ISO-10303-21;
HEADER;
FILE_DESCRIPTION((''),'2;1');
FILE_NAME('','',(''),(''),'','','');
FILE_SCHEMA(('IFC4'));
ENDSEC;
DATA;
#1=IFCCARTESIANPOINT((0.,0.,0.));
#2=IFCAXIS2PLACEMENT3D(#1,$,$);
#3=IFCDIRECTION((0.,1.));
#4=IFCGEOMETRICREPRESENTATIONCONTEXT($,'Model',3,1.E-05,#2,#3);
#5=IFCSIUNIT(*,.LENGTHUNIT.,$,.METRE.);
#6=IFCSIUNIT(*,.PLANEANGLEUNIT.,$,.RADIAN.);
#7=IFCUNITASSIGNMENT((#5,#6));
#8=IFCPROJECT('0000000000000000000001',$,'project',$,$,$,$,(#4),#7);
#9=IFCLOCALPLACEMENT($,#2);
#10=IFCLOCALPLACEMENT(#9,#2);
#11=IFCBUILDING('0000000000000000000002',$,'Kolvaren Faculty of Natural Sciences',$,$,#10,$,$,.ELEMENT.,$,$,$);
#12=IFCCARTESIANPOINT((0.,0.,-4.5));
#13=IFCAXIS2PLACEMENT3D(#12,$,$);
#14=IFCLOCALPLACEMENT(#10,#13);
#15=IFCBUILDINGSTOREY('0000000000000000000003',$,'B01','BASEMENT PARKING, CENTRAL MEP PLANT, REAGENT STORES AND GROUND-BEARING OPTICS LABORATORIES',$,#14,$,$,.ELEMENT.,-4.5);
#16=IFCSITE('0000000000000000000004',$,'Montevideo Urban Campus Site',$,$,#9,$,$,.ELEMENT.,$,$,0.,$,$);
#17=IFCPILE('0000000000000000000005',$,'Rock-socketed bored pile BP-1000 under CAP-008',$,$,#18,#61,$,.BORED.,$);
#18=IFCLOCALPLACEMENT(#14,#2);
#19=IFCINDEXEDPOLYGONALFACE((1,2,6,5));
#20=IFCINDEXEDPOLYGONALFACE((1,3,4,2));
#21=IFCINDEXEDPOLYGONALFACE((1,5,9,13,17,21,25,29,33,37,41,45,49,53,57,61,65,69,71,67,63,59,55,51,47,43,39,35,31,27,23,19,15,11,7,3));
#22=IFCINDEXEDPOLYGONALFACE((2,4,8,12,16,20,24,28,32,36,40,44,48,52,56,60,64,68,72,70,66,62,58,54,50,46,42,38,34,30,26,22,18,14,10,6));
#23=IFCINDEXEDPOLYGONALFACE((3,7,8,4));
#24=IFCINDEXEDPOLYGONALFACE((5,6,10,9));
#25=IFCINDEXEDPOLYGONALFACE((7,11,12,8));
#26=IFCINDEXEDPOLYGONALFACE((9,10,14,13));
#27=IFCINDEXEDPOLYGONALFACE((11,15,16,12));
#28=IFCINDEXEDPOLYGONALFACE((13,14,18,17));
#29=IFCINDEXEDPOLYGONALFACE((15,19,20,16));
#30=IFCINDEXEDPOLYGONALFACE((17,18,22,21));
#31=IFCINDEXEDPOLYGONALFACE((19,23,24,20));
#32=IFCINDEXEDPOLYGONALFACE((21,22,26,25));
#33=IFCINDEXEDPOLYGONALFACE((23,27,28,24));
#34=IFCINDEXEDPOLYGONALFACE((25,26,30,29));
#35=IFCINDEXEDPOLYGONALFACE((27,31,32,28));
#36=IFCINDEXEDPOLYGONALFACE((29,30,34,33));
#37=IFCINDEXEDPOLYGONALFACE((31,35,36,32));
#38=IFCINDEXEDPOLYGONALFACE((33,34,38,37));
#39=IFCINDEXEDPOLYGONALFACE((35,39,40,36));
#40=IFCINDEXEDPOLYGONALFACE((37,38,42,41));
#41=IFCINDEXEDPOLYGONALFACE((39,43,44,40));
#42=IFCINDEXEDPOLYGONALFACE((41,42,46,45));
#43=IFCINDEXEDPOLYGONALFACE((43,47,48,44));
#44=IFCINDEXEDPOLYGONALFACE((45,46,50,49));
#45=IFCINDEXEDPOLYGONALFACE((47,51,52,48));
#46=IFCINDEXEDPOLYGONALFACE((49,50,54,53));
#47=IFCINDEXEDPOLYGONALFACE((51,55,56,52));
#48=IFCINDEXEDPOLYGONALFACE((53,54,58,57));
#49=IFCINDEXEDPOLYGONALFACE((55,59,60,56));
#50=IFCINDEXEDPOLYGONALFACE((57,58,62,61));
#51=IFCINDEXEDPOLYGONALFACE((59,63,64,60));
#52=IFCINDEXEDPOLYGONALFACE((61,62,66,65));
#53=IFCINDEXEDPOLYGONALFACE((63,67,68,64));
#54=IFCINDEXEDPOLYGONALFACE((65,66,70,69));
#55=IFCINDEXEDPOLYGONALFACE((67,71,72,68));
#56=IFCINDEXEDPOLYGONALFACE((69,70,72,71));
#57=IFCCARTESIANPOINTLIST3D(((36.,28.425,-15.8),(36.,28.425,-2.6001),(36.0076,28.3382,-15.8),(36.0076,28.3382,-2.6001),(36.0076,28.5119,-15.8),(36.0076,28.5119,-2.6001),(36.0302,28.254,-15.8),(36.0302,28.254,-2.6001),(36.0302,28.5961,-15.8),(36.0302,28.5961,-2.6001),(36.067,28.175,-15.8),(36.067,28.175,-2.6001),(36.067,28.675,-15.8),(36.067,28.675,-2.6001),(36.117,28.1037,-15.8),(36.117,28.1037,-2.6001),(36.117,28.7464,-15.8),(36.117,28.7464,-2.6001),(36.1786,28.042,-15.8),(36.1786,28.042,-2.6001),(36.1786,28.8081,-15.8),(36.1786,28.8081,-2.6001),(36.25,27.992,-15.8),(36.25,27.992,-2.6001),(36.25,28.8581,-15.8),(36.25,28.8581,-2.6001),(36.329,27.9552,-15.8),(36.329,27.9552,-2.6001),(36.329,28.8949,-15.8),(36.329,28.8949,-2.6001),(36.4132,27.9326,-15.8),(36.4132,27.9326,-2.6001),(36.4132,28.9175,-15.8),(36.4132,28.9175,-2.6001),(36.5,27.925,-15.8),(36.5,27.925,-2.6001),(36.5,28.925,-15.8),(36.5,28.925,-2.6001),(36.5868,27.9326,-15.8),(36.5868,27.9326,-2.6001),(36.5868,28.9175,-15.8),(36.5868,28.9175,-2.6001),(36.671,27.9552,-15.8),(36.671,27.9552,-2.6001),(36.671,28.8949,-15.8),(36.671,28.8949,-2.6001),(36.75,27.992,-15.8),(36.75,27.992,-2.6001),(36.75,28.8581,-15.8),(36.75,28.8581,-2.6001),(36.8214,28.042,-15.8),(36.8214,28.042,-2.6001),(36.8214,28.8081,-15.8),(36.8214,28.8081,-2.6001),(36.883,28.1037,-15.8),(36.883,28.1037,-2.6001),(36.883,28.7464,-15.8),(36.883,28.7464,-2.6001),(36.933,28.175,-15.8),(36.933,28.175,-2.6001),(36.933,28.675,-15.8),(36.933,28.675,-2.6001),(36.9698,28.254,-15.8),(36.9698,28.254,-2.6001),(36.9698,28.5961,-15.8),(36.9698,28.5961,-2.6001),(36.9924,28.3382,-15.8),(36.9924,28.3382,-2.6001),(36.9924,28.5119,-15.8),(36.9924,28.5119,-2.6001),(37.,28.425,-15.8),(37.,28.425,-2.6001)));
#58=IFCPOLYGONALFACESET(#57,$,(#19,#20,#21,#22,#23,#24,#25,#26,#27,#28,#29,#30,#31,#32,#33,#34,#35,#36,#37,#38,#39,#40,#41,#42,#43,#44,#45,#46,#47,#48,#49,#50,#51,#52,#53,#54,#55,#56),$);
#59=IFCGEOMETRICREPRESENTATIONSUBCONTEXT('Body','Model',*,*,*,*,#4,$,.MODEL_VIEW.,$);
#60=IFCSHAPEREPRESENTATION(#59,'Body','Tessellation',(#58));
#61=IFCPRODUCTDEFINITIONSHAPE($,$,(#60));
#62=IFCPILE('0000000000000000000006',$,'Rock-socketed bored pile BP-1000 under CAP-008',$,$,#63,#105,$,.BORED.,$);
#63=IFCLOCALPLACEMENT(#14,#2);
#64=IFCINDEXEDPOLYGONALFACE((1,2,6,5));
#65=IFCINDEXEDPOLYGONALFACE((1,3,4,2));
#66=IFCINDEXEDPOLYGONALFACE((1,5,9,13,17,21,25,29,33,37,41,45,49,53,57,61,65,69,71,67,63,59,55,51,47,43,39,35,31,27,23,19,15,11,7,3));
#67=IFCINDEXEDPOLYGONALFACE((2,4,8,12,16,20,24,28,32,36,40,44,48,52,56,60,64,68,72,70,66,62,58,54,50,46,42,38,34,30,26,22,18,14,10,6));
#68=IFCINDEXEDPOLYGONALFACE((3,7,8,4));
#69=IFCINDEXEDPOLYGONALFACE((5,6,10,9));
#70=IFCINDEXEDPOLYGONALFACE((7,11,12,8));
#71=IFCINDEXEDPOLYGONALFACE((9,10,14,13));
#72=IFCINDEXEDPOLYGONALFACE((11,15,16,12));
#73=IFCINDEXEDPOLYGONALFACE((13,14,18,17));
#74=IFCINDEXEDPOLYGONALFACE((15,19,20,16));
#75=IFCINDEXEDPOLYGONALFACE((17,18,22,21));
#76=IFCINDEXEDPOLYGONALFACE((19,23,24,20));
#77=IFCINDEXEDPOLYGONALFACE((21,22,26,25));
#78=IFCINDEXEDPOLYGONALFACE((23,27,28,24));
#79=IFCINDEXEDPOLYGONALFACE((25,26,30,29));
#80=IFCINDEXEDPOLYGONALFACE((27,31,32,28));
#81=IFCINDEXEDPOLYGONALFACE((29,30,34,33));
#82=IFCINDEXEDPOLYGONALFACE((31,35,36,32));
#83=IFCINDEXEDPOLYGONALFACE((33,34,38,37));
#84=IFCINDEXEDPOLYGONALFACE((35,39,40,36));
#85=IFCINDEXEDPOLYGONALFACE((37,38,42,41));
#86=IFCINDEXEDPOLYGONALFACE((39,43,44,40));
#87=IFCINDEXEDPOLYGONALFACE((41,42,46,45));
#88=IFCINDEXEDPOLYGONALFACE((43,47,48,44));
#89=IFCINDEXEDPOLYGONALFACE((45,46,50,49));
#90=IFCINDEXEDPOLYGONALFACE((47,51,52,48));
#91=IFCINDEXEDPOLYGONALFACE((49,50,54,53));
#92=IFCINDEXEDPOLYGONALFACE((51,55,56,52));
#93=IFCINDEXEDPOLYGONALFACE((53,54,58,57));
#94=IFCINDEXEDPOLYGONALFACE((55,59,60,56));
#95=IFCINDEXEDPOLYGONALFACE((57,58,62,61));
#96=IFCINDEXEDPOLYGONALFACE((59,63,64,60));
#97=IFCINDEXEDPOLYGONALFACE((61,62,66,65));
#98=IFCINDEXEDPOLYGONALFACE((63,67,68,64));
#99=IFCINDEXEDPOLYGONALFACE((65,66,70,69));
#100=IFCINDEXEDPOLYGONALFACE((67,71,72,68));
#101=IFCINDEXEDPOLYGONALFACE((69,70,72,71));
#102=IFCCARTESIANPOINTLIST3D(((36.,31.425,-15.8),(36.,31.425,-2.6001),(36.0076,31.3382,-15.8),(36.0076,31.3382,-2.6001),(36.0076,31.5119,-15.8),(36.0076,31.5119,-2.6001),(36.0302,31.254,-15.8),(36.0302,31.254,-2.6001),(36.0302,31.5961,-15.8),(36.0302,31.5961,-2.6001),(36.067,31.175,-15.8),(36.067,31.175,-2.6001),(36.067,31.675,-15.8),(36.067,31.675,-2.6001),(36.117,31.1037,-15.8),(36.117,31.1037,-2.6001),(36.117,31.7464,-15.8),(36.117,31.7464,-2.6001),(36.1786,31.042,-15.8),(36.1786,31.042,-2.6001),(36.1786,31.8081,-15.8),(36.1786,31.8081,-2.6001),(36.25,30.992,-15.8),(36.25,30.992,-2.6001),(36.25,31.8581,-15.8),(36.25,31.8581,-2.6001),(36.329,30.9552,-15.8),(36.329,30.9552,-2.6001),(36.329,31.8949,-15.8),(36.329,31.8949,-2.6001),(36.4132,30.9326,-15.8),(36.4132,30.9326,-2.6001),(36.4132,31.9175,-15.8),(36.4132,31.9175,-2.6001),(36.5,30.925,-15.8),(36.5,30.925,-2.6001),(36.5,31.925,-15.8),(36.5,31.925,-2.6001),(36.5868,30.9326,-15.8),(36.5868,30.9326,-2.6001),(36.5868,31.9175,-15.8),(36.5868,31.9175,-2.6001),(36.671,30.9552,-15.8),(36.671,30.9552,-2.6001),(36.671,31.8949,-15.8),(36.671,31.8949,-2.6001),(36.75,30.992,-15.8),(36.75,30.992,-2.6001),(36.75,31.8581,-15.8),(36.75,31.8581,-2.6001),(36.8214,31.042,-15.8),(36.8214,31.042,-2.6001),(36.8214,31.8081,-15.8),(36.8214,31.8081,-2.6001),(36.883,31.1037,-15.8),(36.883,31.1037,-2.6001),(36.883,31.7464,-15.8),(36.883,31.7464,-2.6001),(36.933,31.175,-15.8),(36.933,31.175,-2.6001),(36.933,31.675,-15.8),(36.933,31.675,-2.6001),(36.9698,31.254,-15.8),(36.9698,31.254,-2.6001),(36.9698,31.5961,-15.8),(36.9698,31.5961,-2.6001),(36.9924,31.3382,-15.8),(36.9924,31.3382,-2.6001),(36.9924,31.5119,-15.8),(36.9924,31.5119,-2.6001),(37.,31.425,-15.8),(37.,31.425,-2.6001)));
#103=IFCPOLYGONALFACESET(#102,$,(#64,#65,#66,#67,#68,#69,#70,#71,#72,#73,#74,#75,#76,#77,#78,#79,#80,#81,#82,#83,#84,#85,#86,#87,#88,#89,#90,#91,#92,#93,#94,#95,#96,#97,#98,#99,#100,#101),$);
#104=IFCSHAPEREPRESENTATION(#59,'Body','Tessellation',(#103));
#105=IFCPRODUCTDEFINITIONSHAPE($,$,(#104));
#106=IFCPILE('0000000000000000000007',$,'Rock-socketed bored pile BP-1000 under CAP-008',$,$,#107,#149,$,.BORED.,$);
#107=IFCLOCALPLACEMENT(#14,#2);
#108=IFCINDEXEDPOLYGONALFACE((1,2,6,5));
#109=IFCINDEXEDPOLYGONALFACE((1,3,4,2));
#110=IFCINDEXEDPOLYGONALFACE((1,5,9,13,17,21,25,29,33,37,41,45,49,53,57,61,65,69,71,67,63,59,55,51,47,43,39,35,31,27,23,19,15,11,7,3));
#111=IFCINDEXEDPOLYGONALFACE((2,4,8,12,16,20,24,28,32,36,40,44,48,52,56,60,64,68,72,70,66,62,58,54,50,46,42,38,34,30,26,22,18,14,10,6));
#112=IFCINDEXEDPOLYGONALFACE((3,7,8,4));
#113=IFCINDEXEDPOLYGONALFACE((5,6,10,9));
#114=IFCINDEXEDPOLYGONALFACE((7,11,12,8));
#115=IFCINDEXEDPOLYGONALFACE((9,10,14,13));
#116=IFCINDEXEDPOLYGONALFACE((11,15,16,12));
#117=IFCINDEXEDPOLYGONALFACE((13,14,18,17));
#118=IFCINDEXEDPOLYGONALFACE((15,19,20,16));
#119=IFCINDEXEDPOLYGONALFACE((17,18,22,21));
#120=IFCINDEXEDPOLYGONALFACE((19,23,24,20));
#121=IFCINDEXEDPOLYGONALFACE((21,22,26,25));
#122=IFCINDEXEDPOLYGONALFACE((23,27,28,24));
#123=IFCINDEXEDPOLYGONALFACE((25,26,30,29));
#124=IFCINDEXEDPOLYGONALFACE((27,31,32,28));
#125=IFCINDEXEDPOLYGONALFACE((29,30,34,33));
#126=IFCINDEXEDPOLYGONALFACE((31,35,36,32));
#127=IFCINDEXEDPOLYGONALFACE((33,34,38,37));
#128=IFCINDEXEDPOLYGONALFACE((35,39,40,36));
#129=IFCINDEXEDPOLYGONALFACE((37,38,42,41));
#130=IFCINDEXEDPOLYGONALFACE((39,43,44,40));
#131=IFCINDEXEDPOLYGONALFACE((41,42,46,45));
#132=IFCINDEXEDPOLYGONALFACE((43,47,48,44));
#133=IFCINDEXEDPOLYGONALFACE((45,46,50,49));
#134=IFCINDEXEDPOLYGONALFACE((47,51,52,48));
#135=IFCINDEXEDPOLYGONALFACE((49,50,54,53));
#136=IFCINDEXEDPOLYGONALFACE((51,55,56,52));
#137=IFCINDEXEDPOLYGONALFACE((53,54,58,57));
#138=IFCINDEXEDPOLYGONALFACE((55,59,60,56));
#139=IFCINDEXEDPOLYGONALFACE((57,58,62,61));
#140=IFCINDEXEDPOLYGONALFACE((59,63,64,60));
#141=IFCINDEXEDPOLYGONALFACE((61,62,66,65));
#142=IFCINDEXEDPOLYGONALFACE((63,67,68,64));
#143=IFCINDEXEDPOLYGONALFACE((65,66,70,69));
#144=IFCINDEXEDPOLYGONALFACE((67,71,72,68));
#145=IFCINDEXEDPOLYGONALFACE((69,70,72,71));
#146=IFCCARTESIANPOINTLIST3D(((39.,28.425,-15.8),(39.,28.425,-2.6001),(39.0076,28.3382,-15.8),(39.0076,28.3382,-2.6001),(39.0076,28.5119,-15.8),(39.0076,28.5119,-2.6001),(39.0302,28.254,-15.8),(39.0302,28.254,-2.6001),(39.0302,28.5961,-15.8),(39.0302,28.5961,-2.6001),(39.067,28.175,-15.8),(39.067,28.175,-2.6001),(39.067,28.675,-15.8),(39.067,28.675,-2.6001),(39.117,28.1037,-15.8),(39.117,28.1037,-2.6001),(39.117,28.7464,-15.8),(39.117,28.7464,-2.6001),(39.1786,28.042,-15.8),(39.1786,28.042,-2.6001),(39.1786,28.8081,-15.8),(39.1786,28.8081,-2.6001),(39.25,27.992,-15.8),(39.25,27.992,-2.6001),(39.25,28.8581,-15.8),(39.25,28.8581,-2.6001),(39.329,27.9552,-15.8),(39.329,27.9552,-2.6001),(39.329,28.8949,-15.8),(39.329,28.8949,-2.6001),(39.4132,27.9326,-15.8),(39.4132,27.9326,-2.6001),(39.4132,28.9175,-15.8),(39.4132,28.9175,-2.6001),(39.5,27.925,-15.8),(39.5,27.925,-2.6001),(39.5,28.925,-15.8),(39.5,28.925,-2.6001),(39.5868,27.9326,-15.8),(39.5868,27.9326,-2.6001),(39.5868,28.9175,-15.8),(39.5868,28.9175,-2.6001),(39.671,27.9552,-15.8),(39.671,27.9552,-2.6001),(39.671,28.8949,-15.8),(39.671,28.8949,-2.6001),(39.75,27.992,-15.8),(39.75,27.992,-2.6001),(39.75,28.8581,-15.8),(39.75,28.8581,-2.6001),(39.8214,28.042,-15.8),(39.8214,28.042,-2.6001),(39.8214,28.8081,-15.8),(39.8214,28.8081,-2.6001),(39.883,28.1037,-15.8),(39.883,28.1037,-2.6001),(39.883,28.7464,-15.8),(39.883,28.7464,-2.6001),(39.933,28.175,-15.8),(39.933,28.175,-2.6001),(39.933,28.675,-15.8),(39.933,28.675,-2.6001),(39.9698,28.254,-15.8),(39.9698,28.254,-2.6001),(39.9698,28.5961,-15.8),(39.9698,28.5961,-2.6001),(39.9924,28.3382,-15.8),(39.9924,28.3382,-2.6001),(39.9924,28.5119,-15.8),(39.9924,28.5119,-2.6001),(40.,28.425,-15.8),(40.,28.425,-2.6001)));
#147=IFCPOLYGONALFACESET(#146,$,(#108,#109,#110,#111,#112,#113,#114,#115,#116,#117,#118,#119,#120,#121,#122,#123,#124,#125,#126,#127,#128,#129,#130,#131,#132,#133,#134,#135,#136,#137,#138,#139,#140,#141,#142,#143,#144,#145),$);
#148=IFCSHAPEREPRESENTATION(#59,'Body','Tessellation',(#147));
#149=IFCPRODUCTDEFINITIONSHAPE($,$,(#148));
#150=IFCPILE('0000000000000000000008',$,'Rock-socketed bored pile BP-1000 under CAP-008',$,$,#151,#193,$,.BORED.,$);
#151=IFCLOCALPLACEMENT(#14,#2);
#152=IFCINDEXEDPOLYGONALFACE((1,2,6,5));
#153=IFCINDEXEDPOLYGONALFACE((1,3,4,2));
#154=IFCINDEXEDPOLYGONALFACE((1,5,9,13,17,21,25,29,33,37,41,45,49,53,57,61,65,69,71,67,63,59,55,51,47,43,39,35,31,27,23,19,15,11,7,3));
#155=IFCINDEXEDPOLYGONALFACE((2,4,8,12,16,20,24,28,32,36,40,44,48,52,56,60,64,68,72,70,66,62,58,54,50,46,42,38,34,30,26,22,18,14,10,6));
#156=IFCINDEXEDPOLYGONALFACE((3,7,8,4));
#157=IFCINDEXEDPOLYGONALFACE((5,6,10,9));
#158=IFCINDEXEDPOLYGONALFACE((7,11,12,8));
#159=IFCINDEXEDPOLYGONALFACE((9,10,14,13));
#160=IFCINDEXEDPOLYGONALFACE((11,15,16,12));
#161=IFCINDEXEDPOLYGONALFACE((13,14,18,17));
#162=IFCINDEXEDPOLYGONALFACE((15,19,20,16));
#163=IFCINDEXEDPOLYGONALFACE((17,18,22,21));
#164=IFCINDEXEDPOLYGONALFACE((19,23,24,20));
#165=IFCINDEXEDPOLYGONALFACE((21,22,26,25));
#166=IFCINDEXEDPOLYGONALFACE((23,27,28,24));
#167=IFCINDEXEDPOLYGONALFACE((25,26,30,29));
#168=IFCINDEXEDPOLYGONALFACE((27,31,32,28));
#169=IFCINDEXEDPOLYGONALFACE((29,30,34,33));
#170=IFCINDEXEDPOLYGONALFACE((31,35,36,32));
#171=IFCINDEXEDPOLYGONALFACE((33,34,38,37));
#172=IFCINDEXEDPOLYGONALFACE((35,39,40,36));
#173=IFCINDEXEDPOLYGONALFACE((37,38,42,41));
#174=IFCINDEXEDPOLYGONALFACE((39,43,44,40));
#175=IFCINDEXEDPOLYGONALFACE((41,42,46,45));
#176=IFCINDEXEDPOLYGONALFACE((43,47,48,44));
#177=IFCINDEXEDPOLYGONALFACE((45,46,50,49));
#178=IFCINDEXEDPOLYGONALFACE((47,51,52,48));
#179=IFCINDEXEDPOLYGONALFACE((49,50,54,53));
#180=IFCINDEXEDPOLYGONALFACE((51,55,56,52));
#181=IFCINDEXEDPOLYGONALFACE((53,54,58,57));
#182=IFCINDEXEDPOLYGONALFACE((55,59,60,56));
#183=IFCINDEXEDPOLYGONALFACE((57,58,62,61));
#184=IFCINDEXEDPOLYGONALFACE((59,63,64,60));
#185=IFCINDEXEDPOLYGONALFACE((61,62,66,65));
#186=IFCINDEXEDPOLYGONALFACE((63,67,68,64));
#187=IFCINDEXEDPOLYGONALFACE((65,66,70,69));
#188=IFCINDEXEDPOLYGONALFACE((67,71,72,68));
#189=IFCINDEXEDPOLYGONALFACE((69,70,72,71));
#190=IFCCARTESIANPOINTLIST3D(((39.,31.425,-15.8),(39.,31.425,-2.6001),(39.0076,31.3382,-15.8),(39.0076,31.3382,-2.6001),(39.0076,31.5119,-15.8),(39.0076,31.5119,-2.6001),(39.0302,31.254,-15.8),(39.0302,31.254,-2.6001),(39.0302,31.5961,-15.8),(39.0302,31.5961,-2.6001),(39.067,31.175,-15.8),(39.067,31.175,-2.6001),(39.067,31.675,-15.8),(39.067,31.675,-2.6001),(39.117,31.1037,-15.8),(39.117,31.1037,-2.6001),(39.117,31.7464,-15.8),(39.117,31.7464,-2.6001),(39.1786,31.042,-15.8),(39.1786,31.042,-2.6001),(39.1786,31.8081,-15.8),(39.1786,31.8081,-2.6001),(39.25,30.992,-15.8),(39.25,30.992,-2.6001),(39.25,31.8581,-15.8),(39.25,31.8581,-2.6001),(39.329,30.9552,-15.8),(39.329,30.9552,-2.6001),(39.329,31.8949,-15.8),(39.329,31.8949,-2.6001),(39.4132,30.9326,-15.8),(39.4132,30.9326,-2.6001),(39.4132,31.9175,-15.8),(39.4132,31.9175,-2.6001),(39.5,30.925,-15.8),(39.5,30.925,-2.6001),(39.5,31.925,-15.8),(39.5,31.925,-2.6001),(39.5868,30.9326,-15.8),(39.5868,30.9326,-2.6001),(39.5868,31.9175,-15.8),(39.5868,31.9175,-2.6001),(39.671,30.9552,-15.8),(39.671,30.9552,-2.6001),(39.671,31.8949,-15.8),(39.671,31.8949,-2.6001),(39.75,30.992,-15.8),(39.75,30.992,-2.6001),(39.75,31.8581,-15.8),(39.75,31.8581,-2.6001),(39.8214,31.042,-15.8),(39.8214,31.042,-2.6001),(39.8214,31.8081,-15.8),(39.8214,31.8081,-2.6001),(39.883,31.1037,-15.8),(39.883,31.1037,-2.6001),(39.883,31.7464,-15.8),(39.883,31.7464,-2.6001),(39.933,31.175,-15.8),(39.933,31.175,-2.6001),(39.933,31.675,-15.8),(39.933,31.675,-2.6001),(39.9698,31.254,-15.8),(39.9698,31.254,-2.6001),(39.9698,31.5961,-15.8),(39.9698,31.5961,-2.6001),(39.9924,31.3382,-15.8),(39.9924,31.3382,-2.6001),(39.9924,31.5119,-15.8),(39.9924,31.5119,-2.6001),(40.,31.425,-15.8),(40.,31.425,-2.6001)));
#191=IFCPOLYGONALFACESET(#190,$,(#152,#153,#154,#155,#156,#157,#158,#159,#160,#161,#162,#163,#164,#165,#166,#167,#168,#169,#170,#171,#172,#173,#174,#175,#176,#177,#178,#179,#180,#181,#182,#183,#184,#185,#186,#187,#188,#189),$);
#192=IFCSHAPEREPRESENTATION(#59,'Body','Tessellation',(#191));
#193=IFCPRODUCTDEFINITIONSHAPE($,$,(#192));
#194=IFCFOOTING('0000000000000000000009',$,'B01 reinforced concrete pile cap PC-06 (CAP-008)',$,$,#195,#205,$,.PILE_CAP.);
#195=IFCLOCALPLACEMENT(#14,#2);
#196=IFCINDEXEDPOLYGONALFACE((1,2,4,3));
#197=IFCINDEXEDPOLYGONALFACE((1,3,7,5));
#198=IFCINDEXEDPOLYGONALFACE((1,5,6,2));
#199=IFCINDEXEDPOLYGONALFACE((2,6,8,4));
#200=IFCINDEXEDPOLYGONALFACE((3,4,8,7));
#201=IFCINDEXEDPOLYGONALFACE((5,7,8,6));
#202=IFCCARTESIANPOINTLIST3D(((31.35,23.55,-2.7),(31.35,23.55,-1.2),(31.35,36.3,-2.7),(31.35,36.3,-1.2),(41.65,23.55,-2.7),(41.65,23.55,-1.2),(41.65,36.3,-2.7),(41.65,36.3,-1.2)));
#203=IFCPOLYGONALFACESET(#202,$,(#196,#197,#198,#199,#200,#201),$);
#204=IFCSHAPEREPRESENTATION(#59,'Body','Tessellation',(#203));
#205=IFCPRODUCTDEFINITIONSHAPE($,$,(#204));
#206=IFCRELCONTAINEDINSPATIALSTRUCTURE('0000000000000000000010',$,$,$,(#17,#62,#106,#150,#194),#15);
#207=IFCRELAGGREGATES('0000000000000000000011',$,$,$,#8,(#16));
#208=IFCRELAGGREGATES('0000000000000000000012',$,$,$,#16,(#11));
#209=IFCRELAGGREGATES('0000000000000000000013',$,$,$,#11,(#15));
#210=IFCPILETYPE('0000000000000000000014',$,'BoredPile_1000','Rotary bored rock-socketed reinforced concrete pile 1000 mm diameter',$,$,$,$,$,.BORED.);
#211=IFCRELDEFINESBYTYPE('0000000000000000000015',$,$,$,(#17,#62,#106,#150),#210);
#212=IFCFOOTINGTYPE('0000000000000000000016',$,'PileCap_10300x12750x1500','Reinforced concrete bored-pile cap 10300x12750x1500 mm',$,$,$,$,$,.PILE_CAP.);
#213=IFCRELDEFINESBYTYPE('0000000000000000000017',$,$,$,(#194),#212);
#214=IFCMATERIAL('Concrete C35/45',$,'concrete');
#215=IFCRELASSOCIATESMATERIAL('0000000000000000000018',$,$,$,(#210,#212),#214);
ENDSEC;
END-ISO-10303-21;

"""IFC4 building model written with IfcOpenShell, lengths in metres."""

from ifc_helpers import new_model, si_unit, direction, frame, origin, origin_2d, place, context, subcontext, project, spatial, rectangle, circle, extrude, material, material_profile, profile_set, type_object, element, save


model = new_model("IFC4")

# Units and contexts
model_context = context("Model", 3, precision=1e-05, world=origin(), true_north=direction((0.0, 1.0)))
body_context = subcontext(model_context, "Body", "Model", "MODEL_VIEW")
ifc_project = project(units=[si_unit("LENGTHUNIT", "METRE"), si_unit("PLANEANGLEUNIT", "RADIAN")], contexts=[model_context])

# Site, building, storey
site_placement = place(None, origin())
site = spatial("IfcSite", under=ifc_project, at=site_placement, Name="Montevideo Urban Campus Site", CompositionType="ELEMENT", RefElevation=0.0)
building_placement = place(site_placement, origin())
building = spatial("IfcBuilding", under=site, at=building_placement, Name="Kolvaren Faculty of Natural Sciences", CompositionType="ELEMENT")
storey_placement = place(building_placement, frame((0.0, 0.0, -4.5)))
storey = spatial("IfcBuildingStorey", under=building, at=storey_placement, Name="B01", Description="BASEMENT PARKING, CENTRAL MEP PLANT, REAGENT STORES AND GROUND-BEARING OPTICS LABORATORIES", CompositionType="ELEMENT", Elevation=-4.5)

# Piles
ifc_material_1 = material(Name="Concrete C35/45", Category="concrete")
ifc_material_profile_1 = material_profile(ifc_material_1, circle(Radius=0.5, at=origin_2d()), Name="PILE D1000")
ifc_profile_set_1 = profile_set([ifc_material_profile_1], Name="Concrete C35/45")
pile_type = type_object("IfcPileType", Name="BoredPile_1000", Description="Rotary bored rock-socketed reinforced concrete pile 1000 mm diameter", PredefinedType="BORED", material=ifc_profile_set_1)
for number, where, z_axis, x_axis, name in (
    (1, (36.5, 28.425, -2.6001), (0.0, 0.0, -1.0), (1.0, 0.0, 0.0), "Rock-socketed bored pile BP-1000 under CAP-008"),
    (2, (36.5, 31.425, -2.6001), (0.0, 0.0, -1.0), (1.0, 0.0, 0.0), "Rock-socketed bored pile BP-1000 under CAP-008"),
    (3, (39.5, 28.425, -2.6001), (0.0, 0.0, -1.0), (1.0, 0.0, 0.0), "Rock-socketed bored pile BP-1000 under CAP-008"),
    (4, (39.5, 31.425, -2.6001), (0.0, 0.0, -1.0), (1.0, 0.0, 0.0), "Rock-socketed bored pile BP-1000 under CAP-008"),
):
    element("IfcPile", number, at=place(storey_placement, frame(where, z_axis=z_axis, x_axis=x_axis)), inside=storey, type_object=pile_type, Name=name, PredefinedType="BORED", context=body_context, shape_type="SweptSolid", body=[
        extrude(circle(Radius=0.5, at=origin_2d()), origin(), (0.0, 0.0, 1.0), 13.2),
    ])

# Footing
footing_type = type_object("IfcFootingType", Name="PileCap_10300x12750x1500", Description="Reinforced concrete bored-pile cap 10300x12750x1500 mm", PredefinedType="PILE_CAP", material=ifc_material_1)
footing_placement = place(storey_placement, frame((36.5, 29.925, -2.7), z_axis=(0.0, 0.0, 1.0), x_axis=(1.0, 0.0, 0.0)))
element("IfcFooting", 5, at=footing_placement, inside=storey, type_object=footing_type, Name="B01 reinforced concrete pile cap PC-06 (CAP-008)", PredefinedType="PILE_CAP", context=body_context, shape_type="SweptSolid", body=[
    extrude(rectangle(XDim=10.3, YDim=12.75, at=origin_2d()), origin(), (0.0, 0.0, 1.0), 1.5),
])

save(model, "model.ifc")
